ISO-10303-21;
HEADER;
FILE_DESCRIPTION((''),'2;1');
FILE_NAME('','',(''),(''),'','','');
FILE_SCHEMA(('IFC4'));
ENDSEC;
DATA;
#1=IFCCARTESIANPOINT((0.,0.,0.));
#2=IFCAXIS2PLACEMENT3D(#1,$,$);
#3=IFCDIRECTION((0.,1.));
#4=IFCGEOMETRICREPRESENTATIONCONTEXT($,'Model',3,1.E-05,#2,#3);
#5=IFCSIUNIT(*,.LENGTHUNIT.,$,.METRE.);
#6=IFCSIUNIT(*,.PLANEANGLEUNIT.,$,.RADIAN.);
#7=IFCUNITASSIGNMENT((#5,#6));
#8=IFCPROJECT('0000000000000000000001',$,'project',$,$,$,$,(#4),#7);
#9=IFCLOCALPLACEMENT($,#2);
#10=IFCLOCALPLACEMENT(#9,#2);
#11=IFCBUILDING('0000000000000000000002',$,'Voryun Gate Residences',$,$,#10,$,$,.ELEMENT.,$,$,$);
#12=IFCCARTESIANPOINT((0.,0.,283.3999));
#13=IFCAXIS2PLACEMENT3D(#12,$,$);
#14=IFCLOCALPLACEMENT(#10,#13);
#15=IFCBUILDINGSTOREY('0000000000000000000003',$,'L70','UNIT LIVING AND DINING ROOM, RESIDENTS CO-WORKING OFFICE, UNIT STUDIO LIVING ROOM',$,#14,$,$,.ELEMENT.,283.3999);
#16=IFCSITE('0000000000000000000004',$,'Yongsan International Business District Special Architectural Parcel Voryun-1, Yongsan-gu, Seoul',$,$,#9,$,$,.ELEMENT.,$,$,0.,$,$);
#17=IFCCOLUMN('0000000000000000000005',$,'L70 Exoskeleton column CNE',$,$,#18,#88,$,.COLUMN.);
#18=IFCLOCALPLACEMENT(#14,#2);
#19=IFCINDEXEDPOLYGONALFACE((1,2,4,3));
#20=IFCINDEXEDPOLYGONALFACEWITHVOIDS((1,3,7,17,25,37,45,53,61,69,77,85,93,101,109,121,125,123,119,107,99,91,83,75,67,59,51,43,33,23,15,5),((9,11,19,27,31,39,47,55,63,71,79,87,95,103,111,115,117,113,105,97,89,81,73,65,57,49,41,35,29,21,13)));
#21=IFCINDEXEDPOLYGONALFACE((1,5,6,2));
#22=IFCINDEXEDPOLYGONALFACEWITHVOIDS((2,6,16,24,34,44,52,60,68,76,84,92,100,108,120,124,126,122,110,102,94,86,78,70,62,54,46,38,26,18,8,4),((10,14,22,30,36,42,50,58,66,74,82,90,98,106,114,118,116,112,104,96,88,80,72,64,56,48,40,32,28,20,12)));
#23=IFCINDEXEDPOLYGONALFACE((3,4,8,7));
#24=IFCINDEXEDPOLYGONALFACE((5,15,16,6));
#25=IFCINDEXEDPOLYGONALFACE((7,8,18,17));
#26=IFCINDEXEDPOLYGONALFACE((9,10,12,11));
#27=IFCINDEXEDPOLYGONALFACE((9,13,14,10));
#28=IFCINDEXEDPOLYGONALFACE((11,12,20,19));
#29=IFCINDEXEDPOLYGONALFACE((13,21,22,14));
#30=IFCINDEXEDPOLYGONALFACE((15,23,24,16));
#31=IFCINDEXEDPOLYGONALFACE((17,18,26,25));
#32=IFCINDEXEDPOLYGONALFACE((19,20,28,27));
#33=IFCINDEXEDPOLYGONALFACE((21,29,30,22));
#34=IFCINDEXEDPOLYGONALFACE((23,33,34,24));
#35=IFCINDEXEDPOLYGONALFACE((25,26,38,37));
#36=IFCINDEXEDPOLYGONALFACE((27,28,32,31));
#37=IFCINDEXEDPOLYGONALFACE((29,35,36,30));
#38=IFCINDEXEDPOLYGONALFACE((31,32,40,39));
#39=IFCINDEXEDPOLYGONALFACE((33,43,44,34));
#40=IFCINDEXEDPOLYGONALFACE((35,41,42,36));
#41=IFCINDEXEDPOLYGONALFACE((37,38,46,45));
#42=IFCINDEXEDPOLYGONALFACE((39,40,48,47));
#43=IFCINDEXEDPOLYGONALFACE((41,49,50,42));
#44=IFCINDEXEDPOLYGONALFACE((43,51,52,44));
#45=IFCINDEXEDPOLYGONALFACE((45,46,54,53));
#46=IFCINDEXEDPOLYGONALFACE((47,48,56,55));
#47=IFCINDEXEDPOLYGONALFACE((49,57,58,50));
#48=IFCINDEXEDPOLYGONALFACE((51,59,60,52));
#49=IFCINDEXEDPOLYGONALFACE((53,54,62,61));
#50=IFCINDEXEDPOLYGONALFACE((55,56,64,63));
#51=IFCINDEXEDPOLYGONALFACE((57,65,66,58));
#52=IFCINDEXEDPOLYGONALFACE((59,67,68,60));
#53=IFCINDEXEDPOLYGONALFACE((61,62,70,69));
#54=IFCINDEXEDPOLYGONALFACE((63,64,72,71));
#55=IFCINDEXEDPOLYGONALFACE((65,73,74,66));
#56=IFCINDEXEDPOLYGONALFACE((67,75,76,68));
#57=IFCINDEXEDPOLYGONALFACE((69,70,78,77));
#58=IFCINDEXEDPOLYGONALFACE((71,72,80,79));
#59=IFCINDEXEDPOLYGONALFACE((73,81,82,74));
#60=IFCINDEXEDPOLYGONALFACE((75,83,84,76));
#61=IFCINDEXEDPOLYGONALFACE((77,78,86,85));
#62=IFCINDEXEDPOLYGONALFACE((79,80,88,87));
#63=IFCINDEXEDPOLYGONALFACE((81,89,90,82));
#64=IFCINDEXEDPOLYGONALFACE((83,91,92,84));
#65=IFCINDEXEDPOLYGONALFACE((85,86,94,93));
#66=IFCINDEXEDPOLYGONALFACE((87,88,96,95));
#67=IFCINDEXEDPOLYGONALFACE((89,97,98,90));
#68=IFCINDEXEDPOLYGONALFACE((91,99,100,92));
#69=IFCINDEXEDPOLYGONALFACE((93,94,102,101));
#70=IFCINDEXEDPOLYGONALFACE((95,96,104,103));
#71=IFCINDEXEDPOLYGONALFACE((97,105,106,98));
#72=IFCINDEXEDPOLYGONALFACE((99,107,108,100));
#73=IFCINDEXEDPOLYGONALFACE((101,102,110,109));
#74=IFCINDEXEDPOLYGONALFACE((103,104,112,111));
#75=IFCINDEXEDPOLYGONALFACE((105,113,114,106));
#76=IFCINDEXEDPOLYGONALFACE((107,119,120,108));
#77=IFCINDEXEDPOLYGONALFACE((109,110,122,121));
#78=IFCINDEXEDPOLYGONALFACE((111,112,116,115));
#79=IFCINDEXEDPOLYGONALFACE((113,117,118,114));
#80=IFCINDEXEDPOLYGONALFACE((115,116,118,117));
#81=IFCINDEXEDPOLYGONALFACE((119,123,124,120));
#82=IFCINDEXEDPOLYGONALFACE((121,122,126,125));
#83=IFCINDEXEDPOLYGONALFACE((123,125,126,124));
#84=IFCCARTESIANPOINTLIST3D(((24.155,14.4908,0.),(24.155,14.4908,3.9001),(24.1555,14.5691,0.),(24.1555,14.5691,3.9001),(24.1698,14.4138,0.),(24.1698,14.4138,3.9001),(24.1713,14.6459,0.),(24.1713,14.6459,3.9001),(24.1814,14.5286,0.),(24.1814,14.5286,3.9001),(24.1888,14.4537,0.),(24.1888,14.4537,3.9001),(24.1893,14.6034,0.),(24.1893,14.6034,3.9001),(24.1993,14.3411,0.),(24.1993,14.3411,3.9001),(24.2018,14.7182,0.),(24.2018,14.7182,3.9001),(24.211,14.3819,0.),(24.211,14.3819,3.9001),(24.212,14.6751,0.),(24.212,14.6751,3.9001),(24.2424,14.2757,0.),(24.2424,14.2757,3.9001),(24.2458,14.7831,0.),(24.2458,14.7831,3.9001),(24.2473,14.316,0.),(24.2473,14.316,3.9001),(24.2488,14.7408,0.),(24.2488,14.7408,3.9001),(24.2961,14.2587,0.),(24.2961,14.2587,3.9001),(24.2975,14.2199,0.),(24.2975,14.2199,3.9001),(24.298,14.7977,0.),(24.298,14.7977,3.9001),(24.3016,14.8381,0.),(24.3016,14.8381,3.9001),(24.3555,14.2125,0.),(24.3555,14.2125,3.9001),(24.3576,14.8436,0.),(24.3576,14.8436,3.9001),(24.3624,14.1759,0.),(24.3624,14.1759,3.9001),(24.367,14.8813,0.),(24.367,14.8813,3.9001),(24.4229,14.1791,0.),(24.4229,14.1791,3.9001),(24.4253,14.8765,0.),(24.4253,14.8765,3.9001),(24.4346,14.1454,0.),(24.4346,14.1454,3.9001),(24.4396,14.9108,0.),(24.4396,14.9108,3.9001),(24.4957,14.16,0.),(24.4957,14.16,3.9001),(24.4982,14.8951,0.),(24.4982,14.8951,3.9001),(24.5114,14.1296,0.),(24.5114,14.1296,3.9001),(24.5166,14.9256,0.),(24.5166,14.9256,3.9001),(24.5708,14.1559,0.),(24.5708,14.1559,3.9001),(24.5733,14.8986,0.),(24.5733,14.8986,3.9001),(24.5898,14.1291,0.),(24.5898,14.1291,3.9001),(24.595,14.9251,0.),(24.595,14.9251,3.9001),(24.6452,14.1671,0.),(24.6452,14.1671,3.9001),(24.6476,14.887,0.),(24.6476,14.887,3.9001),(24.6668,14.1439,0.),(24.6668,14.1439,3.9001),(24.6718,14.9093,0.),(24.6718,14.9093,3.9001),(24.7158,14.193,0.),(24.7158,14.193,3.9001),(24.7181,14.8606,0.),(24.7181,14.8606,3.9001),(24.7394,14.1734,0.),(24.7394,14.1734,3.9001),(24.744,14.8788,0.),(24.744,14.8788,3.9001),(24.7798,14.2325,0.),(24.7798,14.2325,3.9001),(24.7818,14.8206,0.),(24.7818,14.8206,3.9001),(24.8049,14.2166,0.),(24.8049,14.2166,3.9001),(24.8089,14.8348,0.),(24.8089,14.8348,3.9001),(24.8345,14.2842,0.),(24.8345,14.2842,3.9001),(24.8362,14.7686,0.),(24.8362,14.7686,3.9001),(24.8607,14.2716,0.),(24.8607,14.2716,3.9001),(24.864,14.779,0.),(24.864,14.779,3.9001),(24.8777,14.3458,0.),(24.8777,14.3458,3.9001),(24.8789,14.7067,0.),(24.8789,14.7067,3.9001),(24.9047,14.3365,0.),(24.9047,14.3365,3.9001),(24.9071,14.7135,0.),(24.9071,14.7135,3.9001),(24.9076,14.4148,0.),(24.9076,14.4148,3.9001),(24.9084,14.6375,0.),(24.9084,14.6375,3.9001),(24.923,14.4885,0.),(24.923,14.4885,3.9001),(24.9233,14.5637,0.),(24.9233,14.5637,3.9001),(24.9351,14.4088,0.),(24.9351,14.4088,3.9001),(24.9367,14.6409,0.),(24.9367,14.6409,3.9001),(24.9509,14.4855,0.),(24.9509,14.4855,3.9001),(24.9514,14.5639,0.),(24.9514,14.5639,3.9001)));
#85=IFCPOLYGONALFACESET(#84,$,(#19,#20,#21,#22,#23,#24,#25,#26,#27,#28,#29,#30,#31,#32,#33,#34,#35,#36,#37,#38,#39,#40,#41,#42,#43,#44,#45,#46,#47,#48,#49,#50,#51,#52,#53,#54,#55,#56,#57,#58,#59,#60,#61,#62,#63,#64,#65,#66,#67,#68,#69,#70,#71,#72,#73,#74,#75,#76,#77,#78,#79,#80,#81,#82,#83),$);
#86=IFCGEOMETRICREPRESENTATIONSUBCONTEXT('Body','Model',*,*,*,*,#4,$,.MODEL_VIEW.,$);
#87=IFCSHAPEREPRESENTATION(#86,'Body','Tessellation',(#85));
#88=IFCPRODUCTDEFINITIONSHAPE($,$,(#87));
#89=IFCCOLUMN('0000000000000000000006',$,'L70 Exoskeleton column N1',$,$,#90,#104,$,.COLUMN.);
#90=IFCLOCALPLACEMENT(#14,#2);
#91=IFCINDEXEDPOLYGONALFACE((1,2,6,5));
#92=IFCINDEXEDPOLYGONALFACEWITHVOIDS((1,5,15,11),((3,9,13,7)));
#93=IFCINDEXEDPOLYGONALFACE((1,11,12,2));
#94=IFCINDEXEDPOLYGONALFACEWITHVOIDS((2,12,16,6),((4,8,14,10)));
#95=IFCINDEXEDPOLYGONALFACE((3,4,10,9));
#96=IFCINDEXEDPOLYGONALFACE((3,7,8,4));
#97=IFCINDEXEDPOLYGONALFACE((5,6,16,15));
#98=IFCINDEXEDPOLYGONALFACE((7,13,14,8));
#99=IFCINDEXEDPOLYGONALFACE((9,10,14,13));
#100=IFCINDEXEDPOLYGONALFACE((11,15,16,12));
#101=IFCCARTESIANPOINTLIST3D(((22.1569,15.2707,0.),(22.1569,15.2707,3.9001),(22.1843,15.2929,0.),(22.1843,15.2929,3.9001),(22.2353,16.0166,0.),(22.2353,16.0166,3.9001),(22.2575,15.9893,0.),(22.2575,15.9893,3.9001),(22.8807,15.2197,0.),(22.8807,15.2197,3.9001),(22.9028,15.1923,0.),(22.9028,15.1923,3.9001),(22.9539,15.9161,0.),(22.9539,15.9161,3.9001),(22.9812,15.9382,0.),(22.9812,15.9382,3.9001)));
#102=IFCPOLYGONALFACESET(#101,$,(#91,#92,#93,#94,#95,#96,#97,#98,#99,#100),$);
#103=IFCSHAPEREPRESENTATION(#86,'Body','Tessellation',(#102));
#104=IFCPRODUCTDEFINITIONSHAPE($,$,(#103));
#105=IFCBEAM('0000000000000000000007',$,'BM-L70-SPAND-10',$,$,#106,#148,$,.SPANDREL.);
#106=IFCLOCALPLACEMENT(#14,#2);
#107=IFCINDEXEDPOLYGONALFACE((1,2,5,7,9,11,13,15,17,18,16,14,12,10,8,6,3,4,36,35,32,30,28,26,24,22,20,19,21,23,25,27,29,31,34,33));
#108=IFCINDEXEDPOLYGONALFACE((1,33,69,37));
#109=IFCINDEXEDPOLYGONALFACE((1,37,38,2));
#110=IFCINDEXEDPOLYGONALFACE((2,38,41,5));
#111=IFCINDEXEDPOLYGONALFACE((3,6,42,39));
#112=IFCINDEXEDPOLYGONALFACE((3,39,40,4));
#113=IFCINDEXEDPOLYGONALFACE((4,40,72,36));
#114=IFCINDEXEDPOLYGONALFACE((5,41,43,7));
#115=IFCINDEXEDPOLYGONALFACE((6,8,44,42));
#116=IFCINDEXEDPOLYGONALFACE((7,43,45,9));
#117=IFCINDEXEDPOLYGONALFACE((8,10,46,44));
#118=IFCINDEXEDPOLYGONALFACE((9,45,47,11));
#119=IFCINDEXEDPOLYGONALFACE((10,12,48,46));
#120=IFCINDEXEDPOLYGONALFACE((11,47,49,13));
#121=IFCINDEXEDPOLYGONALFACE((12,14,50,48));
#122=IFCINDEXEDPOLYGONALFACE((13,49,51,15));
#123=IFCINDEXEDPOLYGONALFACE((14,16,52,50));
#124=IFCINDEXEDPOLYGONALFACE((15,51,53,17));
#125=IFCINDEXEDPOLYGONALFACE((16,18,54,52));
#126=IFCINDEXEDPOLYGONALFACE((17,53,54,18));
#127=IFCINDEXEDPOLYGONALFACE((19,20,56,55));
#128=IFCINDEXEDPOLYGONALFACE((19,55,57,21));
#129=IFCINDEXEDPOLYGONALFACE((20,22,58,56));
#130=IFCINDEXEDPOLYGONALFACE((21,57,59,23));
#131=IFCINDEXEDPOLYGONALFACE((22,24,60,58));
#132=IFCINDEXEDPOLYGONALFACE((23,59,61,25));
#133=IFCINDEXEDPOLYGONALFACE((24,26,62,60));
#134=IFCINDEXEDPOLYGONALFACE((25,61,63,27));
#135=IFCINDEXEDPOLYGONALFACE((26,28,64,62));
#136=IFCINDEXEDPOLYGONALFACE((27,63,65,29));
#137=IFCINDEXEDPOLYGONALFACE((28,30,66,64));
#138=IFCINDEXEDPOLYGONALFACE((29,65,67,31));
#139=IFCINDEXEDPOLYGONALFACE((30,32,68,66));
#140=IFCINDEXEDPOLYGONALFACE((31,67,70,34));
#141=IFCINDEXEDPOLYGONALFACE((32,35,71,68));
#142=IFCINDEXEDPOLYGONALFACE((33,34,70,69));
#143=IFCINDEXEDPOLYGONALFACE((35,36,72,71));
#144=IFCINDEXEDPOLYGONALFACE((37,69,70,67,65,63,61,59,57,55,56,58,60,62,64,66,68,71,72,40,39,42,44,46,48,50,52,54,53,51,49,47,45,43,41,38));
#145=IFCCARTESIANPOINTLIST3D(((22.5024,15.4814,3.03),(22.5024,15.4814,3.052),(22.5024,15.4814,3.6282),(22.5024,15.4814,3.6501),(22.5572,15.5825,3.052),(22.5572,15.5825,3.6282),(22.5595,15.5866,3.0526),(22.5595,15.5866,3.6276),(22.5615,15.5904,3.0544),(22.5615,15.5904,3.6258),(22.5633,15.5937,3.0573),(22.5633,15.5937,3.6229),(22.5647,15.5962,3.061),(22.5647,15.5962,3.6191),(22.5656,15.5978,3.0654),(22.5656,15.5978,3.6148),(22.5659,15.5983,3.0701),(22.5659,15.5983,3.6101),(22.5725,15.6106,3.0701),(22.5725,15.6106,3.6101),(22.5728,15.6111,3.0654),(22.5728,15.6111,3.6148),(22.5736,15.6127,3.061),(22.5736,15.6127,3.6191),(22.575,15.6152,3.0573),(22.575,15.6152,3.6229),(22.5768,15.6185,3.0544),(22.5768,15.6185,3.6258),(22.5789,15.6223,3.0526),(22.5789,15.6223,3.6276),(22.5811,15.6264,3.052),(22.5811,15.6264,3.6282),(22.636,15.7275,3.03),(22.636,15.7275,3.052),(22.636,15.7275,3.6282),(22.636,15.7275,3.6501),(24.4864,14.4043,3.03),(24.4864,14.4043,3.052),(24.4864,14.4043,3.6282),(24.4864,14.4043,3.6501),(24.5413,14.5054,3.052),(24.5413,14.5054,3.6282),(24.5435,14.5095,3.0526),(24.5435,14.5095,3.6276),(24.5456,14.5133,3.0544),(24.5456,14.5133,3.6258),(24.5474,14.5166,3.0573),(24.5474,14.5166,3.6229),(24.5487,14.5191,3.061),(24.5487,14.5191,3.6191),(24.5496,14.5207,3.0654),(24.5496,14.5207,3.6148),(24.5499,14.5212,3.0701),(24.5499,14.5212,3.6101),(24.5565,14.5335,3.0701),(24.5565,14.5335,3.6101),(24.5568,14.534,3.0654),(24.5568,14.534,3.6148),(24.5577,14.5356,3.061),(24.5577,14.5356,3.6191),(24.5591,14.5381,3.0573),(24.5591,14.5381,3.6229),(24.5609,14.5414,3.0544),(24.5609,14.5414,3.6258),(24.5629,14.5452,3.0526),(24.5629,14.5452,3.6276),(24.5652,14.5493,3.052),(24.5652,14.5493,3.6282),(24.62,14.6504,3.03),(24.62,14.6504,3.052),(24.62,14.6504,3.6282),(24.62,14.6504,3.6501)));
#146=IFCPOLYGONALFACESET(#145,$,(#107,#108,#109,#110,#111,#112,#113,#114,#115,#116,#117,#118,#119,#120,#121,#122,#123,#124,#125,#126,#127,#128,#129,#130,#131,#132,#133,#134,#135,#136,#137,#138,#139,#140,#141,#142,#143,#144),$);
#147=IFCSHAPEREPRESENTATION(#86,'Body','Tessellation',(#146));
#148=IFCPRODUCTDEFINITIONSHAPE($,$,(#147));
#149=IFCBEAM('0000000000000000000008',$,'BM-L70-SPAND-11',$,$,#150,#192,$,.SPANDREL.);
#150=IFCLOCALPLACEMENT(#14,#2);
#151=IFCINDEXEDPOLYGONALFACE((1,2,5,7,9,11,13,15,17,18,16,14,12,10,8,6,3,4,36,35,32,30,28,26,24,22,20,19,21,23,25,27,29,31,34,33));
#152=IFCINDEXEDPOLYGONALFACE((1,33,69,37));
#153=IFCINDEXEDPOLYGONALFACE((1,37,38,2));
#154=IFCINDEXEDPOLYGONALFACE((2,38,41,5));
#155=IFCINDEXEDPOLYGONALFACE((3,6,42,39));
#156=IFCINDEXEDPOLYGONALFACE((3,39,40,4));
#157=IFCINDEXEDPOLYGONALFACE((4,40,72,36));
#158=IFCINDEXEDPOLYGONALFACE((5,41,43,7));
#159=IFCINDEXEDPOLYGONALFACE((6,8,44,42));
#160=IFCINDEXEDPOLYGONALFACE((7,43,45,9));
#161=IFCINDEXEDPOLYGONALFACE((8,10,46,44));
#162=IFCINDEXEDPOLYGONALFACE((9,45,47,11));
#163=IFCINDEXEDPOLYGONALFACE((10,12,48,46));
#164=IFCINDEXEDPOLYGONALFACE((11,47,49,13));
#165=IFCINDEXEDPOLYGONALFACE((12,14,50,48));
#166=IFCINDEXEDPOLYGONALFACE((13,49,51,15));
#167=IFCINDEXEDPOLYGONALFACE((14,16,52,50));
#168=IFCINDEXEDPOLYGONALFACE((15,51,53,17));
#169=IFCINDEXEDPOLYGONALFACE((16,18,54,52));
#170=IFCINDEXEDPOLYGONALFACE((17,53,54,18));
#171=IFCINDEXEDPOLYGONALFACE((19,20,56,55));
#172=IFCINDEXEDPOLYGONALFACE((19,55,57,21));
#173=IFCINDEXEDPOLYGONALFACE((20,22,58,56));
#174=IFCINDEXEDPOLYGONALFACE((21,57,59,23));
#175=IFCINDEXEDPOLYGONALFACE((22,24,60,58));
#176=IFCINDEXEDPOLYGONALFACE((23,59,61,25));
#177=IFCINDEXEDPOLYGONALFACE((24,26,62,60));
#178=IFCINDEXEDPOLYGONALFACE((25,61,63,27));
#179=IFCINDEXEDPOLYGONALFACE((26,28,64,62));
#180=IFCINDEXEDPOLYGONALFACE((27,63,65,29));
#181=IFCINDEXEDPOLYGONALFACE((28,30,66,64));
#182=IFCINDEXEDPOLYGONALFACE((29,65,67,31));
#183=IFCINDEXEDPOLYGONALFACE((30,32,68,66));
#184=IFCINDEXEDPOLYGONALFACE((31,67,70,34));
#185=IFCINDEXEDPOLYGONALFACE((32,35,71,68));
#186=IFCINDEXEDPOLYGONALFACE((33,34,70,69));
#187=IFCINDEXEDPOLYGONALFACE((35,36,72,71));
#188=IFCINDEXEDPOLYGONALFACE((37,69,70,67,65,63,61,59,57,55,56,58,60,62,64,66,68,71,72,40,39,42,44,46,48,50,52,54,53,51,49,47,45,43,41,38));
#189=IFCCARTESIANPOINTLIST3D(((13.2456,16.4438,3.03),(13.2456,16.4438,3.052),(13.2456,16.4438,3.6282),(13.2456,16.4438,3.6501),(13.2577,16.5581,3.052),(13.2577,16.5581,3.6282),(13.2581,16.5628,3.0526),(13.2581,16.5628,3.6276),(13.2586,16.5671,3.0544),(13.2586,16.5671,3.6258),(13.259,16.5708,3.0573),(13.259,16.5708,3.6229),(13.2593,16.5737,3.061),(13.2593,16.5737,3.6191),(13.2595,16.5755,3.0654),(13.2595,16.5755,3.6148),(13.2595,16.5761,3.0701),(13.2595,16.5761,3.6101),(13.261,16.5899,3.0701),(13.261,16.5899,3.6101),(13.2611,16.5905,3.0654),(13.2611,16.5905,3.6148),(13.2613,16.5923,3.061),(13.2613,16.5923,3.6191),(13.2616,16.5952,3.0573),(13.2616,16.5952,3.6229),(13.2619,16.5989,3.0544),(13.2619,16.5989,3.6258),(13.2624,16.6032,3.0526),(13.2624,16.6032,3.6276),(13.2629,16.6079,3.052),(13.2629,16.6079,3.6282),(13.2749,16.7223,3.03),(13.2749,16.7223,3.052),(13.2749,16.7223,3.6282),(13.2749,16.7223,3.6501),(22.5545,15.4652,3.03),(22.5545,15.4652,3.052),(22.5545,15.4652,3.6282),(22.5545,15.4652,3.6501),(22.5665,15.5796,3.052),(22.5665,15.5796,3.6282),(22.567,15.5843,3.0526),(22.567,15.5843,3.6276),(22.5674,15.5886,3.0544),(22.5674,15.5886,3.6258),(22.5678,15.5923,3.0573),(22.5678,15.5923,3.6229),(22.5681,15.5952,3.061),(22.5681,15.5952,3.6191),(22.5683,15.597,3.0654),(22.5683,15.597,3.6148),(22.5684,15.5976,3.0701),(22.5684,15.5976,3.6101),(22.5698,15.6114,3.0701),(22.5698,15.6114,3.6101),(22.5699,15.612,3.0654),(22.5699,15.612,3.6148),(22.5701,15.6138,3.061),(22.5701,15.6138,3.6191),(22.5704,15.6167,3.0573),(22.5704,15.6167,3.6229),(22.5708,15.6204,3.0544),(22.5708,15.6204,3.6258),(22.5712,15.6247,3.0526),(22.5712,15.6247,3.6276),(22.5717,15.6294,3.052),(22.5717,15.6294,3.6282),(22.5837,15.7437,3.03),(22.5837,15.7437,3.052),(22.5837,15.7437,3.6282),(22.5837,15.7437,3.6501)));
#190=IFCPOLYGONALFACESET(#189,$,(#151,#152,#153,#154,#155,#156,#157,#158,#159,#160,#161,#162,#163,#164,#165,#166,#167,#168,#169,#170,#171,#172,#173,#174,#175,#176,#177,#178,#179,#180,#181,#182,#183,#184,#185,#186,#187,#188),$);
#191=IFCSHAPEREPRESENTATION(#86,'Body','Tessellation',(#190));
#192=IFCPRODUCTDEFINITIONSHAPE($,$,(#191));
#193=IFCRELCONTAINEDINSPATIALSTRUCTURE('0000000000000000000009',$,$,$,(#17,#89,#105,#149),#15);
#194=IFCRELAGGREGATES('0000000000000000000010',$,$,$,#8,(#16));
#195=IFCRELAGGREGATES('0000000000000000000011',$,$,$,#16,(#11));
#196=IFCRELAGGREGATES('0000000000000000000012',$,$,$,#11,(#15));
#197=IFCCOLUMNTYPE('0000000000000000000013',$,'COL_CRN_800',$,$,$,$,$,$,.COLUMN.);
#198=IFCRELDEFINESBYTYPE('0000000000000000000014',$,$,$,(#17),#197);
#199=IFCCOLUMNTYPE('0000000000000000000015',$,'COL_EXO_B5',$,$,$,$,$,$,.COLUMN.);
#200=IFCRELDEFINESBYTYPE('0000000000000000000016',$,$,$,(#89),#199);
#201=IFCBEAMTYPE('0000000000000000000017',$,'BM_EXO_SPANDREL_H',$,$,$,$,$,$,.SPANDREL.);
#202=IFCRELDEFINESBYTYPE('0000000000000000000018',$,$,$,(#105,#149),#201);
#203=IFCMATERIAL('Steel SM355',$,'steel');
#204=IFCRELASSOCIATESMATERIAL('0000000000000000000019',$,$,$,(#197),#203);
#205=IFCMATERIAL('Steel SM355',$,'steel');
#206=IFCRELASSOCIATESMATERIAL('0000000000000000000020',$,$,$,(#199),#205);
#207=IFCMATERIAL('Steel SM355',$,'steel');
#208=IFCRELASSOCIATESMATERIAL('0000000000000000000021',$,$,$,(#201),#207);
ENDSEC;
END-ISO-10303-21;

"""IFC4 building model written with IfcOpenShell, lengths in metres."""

from ifc_helpers import new_model, si_unit, direction, frame, origin, origin_2d, place, context, subcontext, project, spatial, hollow_rectangle, hollow_circle, i_section, extrude, material, material_profile, profile_set, type_object, element, save


model = new_model("IFC4")

# Units and contexts
model_context = context("Model", 3, precision=1e-05, world=origin(), true_north=direction((0.0, 1.0)))
body_context = subcontext(model_context, "Body", "Model", "MODEL_VIEW")
ifc_project = project(units=[si_unit("LENGTHUNIT", "METRE"), si_unit("PLANEANGLEUNIT", "RADIAN")], contexts=[model_context])

# Site, building, storey
site_placement = place(None, origin())
site = spatial("IfcSite", under=ifc_project, at=site_placement, Name="Yongsan International Business District Special Architectural Parcel Voryun-1, Yongsan-gu, Seoul", CompositionType="ELEMENT", RefElevation=0.0)
building_placement = place(site_placement, origin())
building = spatial("IfcBuilding", under=site, at=building_placement, Name="Voryun Gate Residences", CompositionType="ELEMENT")
storey_placement = place(building_placement, frame((0.0, 0.0, 283.3999)))
storey = spatial("IfcBuildingStorey", under=building, at=storey_placement, Name="L70", Description="UNIT LIVING AND DINING ROOM, RESIDENTS CO-WORKING OFFICE, UNIT STUDIO LIVING ROOM", CompositionType="ELEMENT", Elevation=283.3999)

# Columns
ifc_material_1 = material(Name="Steel SM355", Category="steel")
ifc_material_profile_1 = material_profile(ifc_material_1, hollow_circle(Radius=0.3999, WallThickness=0.0281, at=origin_2d()), Name="CHS-800x28")
ifc_profile_set_1 = profile_set([ifc_material_profile_1], Name="Steel SM355")
column_type_1 = type_object("IfcColumnType", Name="COL_CRN_800", PredefinedType="COLUMN", material=ifc_profile_set_1)
column_1_placement = place(storey_placement, frame((24.5532, 14.5273, 0.0), z_axis=(0.0, 0.0, 1.0), x_axis=(0.994522, -0.104528, 0.0)))
element("IfcColumn", 1, at=column_1_placement, inside=storey, type_object=column_type_1, Name="L70 Exoskeleton column CNE", PredefinedType="COLUMN", context=body_context, shape_type="SweptSolid", body=[
    extrude(hollow_circle(Radius=0.3999, WallThickness=0.0281, at=origin_2d()), origin(), (0.0, 0.0, 1.0), 3.9001),
])
ifc_material_2 = material(Name="Steel SM355", Category="steel")
ifc_material_profile_2 = material_profile(ifc_material_2, hollow_rectangle(XDim=0.75, YDim=0.75, WallThickness=0.0249, at=origin_2d()), Name="BOX-750x750x25")
ifc_profile_set_2 = profile_set([ifc_material_profile_2], Name="Steel SM355")
column_type_2 = type_object("IfcColumnType", Name="COL_EXO_B5", PredefinedType="COLUMN", material=ifc_profile_set_2)
column_2_placement = place(storey_placement, frame((22.5691, 15.6045, 0.0), z_axis=(0.0, 0.0, 1.0), x_axis=(0.994522, -0.104528, 0.0)))
element("IfcColumn", 2, at=column_2_placement, inside=storey, type_object=column_type_2, Name="L70 Exoskeleton column N1", PredefinedType="COLUMN", context=body_context, shape_type="SweptSolid", body=[
    extrude(hollow_rectangle(XDim=0.75, YDim=0.75, WallThickness=0.0249, at=origin_2d()), origin(), (0.0, 0.0, 1.0), 3.9001),
])

# Beams
ifc_material_3 = material(Name="Steel SM355", Category="steel")
ifc_material_profile_3 = material_profile(ifc_material_3, i_section(OverallWidth=0.28, OverallDepth=0.6201, WebThickness=0.0139, FlangeThickness=0.022, FilletRadius=0.0181, at=origin_2d()), Name="H-620x280x14x22")
ifc_profile_set_3 = profile_set([ifc_material_profile_3], Name="Steel SM355")
beam_type_1 = type_object("IfcBeamType", Name="BM_EXO_SPANDREL_H", PredefinedType="SPANDREL", material=ifc_profile_set_3)
beam_1_placement = place(storey_placement, frame((24.5532, 14.5273, 3.3401), z_axis=(-0.878844, 0.477109, 0.0), x_axis=(-0.477109, -0.878844, 0.0)))
element("IfcBeam", 3, at=beam_1_placement, inside=storey, type_object=beam_type_1, Name="BM-L70-SPAND-10", PredefinedType="SPANDREL", context=body_context, shape_type="SweptSolid", body=[
    extrude(i_section(OverallWidth=0.28, OverallDepth=0.6201, WebThickness=0.0139, FlangeThickness=0.022, FilletRadius=0.0181, at=origin_2d()), origin(), (0.0, 0.0, 1.0), 2.2576),
])
beam_2_placement = place(storey_placement, frame((22.5691, 15.6045, 3.3401), z_axis=(-0.994521, 0.104541, 0.0), x_axis=(-0.104541, -0.994521, 0.0)))
element("IfcBeam", 4, at=beam_2_placement, inside=storey, type_object=beam_type_1, Name="BM-L70-SPAND-11", PredefinedType="SPANDREL", context=body_context, shape_type="SweptSolid", body=[
    extrude(i_section(OverallWidth=0.28, OverallDepth=0.6201, WebThickness=0.0139, FlangeThickness=0.022, FilletRadius=0.0181, at=origin_2d()), origin(), (0.0, 0.0, 1.0), 9.3601),
])

save(model, "model.ifc")
